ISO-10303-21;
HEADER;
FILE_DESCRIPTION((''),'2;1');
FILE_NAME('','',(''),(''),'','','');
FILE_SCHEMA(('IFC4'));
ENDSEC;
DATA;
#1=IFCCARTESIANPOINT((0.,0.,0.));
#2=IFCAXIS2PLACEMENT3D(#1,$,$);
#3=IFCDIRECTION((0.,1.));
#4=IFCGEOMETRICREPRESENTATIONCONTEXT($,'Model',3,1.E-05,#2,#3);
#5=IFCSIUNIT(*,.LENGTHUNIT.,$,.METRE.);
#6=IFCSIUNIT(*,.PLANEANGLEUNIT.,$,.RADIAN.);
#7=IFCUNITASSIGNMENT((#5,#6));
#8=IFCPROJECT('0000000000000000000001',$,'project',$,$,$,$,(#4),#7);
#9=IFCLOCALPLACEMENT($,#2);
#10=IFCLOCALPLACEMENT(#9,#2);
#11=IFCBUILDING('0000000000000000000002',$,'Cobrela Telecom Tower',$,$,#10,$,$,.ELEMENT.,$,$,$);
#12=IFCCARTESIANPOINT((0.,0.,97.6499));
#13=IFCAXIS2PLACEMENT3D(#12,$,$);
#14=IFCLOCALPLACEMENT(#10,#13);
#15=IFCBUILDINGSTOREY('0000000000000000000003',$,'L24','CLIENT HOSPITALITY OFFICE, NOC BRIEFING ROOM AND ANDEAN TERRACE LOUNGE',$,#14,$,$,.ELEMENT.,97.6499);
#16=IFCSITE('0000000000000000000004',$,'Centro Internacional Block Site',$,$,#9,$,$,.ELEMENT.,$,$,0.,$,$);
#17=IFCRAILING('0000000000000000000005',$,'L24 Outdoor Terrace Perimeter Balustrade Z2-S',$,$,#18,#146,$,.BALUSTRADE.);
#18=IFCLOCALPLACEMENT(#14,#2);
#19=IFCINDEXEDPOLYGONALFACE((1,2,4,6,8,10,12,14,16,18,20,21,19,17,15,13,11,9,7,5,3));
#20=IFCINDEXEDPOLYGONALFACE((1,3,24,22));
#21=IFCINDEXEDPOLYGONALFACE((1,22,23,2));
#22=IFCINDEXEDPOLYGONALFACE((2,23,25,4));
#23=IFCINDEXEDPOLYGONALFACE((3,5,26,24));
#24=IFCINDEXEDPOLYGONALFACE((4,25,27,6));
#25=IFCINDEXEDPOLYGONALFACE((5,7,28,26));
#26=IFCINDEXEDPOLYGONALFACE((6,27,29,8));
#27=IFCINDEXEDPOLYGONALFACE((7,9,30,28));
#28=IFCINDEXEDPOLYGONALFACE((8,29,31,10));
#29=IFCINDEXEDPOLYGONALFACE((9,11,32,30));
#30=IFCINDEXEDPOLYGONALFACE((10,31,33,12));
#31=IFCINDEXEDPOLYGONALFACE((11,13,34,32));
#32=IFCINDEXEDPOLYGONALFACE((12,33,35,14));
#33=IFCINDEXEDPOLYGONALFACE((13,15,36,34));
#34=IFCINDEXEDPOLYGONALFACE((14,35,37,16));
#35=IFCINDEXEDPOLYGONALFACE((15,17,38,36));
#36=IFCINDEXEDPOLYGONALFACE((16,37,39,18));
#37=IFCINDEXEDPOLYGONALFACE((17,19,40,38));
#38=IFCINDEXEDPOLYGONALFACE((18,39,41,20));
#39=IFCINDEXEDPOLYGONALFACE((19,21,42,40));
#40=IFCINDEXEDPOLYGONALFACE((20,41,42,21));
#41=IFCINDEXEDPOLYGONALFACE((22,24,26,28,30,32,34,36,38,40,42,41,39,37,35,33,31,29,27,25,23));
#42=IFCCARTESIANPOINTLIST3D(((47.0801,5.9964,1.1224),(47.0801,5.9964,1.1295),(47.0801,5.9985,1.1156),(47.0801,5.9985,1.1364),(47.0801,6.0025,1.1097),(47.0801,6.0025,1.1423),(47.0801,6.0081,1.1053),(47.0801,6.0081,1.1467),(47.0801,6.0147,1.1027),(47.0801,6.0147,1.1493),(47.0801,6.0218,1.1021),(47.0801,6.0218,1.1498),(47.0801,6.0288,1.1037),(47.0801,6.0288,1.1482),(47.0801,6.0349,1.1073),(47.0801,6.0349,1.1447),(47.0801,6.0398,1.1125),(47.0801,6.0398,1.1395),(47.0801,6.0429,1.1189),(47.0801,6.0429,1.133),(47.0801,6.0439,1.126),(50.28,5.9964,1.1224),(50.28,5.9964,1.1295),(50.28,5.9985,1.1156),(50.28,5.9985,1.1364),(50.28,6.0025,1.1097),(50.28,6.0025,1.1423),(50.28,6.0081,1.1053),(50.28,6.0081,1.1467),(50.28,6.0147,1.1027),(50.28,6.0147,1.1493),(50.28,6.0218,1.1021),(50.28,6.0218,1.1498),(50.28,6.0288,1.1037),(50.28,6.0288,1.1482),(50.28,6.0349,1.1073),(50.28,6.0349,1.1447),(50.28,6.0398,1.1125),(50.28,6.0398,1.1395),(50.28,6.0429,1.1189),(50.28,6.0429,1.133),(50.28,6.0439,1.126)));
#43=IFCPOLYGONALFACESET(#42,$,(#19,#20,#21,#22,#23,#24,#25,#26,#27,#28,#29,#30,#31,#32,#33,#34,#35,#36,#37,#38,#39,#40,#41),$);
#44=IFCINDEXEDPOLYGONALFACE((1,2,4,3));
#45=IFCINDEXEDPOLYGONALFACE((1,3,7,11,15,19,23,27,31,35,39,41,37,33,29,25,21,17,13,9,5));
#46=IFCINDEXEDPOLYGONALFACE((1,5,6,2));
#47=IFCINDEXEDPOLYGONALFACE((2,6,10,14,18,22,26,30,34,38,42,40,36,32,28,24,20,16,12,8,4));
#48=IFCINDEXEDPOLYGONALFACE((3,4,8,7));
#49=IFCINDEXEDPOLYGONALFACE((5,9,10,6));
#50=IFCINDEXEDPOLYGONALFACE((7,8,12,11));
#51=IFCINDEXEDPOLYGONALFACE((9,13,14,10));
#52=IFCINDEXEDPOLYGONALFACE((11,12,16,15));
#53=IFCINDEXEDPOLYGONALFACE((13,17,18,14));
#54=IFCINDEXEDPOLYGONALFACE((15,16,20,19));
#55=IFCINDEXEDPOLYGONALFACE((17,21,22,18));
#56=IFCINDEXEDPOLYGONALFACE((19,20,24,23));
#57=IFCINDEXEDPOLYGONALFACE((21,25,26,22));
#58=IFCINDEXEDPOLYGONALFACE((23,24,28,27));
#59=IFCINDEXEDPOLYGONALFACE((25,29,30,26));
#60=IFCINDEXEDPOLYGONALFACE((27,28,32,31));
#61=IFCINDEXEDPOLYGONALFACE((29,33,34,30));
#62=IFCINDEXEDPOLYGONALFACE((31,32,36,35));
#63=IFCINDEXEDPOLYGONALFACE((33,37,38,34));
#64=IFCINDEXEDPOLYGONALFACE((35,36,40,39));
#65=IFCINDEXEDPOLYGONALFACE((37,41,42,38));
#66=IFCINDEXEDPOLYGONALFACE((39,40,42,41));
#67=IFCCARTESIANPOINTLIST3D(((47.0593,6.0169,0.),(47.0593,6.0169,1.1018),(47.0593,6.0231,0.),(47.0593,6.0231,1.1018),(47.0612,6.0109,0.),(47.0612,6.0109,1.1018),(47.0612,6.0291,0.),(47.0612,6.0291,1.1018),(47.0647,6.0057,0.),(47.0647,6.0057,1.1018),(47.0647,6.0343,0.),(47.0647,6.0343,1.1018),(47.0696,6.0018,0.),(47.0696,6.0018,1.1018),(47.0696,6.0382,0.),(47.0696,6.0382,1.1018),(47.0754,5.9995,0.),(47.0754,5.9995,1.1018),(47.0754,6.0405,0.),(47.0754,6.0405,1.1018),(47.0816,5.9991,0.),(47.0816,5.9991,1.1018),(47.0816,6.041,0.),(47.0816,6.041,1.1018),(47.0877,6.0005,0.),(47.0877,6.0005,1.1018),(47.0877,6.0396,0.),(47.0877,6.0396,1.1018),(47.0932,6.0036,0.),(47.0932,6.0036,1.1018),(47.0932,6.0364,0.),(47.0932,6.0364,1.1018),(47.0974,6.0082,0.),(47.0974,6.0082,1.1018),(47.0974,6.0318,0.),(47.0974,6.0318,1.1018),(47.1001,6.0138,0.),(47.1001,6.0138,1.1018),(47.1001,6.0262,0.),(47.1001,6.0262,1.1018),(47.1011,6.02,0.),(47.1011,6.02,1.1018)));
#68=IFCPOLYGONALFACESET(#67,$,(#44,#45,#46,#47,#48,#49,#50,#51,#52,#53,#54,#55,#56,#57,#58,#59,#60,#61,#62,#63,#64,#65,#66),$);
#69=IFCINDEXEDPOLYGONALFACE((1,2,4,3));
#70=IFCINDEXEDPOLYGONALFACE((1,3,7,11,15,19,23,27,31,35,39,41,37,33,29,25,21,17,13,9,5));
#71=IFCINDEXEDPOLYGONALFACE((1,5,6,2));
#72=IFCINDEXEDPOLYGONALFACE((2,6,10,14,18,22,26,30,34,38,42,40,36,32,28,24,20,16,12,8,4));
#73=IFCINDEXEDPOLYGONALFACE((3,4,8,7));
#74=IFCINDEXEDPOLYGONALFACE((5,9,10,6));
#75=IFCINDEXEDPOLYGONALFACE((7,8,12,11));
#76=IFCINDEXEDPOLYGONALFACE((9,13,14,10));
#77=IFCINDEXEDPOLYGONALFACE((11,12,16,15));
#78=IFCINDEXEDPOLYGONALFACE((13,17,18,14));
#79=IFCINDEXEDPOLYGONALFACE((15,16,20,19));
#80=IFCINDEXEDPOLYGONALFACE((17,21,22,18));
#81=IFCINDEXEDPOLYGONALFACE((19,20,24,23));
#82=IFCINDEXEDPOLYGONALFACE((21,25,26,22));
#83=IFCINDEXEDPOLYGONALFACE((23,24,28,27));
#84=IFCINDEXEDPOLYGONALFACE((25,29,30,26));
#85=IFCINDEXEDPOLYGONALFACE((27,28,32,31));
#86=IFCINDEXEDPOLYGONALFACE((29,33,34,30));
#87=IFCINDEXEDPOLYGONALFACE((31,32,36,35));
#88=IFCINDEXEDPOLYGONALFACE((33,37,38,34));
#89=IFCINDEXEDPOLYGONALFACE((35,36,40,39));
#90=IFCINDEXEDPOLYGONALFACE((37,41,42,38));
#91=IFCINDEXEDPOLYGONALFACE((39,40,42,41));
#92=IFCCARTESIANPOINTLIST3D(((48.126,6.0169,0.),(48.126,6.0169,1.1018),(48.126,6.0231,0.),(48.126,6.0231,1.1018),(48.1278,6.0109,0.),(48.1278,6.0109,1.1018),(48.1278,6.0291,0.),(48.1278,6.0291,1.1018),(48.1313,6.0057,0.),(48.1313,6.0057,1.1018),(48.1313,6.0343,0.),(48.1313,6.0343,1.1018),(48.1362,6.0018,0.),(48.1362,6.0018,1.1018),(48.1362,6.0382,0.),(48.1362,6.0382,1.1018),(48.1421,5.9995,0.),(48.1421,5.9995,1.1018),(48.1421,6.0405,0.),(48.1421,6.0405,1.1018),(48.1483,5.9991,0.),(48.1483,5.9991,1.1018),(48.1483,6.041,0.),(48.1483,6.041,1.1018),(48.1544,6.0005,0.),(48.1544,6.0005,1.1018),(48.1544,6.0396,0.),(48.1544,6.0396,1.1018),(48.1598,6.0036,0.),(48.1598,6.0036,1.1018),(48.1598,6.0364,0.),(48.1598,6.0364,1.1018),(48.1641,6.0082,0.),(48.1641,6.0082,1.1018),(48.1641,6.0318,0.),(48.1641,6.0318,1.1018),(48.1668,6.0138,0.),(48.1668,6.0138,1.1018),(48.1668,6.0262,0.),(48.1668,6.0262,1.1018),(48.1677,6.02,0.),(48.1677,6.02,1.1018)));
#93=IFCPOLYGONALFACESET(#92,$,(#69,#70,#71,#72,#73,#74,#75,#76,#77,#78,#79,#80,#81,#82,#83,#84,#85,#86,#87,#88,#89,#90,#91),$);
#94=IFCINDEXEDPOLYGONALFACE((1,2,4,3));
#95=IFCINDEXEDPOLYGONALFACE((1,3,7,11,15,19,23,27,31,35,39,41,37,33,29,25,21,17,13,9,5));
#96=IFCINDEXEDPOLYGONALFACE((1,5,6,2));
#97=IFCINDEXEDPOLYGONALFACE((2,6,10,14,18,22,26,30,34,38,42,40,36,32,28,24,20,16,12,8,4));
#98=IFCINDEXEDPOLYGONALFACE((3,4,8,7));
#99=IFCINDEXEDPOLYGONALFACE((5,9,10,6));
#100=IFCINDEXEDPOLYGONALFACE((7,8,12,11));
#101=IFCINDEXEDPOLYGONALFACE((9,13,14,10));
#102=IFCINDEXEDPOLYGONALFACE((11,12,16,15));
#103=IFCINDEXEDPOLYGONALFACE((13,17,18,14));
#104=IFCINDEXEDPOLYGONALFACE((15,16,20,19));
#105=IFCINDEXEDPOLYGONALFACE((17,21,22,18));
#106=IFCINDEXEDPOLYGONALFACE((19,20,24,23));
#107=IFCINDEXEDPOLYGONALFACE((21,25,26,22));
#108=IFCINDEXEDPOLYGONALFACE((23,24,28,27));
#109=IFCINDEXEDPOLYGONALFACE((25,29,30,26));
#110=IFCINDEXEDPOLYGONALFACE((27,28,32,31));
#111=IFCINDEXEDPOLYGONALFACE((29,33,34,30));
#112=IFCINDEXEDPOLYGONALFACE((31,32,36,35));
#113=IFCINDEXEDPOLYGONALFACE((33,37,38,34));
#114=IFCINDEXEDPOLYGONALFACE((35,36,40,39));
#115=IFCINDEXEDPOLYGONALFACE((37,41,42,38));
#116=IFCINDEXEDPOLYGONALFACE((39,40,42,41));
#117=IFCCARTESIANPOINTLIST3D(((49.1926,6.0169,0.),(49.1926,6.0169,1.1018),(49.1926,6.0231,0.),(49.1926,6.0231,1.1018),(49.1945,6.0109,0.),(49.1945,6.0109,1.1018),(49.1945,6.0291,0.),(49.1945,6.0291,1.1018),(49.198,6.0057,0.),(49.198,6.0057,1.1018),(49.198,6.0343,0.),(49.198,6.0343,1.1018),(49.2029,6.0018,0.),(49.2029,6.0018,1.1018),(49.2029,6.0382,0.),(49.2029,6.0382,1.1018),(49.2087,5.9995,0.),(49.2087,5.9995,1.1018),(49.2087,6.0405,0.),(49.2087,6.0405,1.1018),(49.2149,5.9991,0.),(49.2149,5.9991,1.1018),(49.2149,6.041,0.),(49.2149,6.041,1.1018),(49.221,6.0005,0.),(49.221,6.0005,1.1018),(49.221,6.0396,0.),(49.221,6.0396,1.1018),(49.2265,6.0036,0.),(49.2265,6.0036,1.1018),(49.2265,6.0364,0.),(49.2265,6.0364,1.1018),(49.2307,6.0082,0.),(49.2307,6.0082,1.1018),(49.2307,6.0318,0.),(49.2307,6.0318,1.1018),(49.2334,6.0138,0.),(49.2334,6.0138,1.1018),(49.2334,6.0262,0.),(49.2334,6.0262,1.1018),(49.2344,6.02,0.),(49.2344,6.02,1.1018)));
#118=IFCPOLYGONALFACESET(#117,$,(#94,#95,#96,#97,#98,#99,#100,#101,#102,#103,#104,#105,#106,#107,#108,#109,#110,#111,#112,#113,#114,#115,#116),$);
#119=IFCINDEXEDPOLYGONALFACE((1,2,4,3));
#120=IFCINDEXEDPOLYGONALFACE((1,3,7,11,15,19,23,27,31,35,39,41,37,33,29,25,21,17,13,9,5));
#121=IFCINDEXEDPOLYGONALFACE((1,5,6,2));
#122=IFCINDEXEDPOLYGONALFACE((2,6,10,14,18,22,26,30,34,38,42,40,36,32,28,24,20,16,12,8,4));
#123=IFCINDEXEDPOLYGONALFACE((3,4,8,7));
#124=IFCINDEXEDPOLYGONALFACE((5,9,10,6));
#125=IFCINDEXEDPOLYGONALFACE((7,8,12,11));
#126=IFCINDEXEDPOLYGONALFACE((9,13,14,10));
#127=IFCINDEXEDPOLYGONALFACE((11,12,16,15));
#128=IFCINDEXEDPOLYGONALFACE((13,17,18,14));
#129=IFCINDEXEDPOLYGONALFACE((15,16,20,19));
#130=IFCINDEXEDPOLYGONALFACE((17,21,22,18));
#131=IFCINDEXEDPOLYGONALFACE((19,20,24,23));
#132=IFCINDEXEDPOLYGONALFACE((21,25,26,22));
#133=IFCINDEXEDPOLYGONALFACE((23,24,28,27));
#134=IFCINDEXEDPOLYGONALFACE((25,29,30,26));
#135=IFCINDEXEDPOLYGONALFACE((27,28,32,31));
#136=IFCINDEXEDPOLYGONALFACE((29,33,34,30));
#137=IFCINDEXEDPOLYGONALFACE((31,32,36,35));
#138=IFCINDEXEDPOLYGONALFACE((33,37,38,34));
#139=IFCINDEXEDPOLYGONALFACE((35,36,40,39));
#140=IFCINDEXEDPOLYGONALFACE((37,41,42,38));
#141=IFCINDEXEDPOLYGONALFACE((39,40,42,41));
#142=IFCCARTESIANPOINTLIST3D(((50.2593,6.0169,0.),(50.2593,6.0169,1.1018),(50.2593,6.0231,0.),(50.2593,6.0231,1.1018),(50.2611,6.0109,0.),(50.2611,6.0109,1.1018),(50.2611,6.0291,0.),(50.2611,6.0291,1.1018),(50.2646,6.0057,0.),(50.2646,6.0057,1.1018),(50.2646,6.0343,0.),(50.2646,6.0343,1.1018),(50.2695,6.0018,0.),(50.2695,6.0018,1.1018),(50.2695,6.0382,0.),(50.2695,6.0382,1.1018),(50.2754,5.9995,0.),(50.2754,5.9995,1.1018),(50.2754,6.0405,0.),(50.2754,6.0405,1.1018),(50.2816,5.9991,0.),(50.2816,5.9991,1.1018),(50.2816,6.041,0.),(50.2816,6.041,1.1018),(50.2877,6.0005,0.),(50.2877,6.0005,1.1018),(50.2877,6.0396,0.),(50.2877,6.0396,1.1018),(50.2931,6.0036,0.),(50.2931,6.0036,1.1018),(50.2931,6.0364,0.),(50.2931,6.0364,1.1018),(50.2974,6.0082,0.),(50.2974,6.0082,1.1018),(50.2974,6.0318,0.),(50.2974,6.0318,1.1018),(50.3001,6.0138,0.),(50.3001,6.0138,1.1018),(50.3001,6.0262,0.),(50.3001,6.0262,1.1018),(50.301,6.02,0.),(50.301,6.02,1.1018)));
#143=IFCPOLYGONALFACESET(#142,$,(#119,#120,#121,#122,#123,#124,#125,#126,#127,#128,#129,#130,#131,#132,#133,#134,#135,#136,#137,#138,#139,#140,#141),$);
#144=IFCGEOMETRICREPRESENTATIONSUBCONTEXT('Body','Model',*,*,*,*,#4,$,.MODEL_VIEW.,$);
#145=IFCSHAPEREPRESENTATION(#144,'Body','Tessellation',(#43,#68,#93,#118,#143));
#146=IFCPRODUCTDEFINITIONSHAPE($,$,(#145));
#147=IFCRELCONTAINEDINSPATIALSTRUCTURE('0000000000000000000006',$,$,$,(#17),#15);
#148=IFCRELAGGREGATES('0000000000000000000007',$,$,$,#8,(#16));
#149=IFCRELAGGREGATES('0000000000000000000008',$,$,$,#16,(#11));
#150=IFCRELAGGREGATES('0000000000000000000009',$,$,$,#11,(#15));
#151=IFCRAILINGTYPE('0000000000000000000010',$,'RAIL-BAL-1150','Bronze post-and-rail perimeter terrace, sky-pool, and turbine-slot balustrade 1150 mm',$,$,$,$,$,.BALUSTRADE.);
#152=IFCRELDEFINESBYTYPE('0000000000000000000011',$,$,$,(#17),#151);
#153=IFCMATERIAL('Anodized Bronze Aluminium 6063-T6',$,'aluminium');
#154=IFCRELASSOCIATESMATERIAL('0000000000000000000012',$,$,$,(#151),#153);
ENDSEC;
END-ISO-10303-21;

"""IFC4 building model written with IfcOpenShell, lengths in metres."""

from ifc_helpers import new_model, si_unit, direction, frame, origin, origin_2d, place, context, subcontext, project, spatial, circle, extrude, material, type_object, element, save


model = new_model("IFC4")

# Units and contexts
model_context = context("Model", 3, precision=1e-05, world=origin(), true_north=direction((0.0, 1.0)))
body_context = subcontext(model_context, "Body", "Model", "MODEL_VIEW")
ifc_project = project(units=[si_unit("LENGTHUNIT", "METRE"), si_unit("PLANEANGLEUNIT", "RADIAN")], contexts=[model_context])

# Site, building, storey
site_placement = place(None, origin())
site = spatial("IfcSite", under=ifc_project, at=site_placement, Name="Centro Internacional Block Site", CompositionType="ELEMENT", RefElevation=0.0)
building_placement = place(site_placement, origin())
building = spatial("IfcBuilding", under=site, at=building_placement, Name="Cobrela Telecom Tower", CompositionType="ELEMENT")
storey_placement = place(building_placement, frame((0.0, 0.0, 97.6499)))
storey = spatial("IfcBuildingStorey", under=building, at=storey_placement, Name="L24", Description="CLIENT HOSPITALITY OFFICE, NOC BRIEFING ROOM AND ANDEAN TERRACE LOUNGE", CompositionType="ELEMENT", Elevation=97.6499)

# Shared definitions
ifc_material_1 = material(Name="Anodized Bronze Aluminium 6063-T6", Category="aluminium")

# Railing
railing_type = type_object("IfcRailingType", Name="RAIL-BAL-1150", Description="Bronze post-and-rail perimeter terrace, sky-pool, and turbine-slot balustrade 1150 mm", PredefinedType="BALUSTRADE", material=ifc_material_1)
railing_1_placement = place(storey_placement, frame((47.0801, 6.02, 0.0)))
element("IfcRailing", 1, at=railing_1_placement, inside=storey, type_object=railing_type, Name="L24 Outdoor Terrace Perimeter Balustrade Z2-S", PredefinedType="BALUSTRADE", context=body_context, shape_type="SweptSolid", body=[
    extrude(circle(Radius=0.0239, at=origin_2d()), frame((0.0, 0.0, 1.126), z_axis=(1.0, 0.0, 0.0), x_axis=(0.0, 1.0, 0.0)), (0.0, 0.0, 1.0), 3.2),
    extrude(circle(Radius=0.021, at=origin_2d()), origin(), (0.0, 0.0, 1.0), 1.1018),
    extrude(circle(Radius=0.021, at=origin_2d()), frame((1.0667, 0.0, 0.0)), (0.0, 0.0, 1.0), 1.1018),
    extrude(circle(Radius=0.021, at=origin_2d()), frame((2.1333, 0.0, 0.0)), (0.0, 0.0, 1.0), 1.1018),
    extrude(circle(Radius=0.021, at=origin_2d()), frame((3.2, 0.0, 0.0)), (0.0, 0.0, 1.0), 1.1018),
])

save(model, "model.ifc")
